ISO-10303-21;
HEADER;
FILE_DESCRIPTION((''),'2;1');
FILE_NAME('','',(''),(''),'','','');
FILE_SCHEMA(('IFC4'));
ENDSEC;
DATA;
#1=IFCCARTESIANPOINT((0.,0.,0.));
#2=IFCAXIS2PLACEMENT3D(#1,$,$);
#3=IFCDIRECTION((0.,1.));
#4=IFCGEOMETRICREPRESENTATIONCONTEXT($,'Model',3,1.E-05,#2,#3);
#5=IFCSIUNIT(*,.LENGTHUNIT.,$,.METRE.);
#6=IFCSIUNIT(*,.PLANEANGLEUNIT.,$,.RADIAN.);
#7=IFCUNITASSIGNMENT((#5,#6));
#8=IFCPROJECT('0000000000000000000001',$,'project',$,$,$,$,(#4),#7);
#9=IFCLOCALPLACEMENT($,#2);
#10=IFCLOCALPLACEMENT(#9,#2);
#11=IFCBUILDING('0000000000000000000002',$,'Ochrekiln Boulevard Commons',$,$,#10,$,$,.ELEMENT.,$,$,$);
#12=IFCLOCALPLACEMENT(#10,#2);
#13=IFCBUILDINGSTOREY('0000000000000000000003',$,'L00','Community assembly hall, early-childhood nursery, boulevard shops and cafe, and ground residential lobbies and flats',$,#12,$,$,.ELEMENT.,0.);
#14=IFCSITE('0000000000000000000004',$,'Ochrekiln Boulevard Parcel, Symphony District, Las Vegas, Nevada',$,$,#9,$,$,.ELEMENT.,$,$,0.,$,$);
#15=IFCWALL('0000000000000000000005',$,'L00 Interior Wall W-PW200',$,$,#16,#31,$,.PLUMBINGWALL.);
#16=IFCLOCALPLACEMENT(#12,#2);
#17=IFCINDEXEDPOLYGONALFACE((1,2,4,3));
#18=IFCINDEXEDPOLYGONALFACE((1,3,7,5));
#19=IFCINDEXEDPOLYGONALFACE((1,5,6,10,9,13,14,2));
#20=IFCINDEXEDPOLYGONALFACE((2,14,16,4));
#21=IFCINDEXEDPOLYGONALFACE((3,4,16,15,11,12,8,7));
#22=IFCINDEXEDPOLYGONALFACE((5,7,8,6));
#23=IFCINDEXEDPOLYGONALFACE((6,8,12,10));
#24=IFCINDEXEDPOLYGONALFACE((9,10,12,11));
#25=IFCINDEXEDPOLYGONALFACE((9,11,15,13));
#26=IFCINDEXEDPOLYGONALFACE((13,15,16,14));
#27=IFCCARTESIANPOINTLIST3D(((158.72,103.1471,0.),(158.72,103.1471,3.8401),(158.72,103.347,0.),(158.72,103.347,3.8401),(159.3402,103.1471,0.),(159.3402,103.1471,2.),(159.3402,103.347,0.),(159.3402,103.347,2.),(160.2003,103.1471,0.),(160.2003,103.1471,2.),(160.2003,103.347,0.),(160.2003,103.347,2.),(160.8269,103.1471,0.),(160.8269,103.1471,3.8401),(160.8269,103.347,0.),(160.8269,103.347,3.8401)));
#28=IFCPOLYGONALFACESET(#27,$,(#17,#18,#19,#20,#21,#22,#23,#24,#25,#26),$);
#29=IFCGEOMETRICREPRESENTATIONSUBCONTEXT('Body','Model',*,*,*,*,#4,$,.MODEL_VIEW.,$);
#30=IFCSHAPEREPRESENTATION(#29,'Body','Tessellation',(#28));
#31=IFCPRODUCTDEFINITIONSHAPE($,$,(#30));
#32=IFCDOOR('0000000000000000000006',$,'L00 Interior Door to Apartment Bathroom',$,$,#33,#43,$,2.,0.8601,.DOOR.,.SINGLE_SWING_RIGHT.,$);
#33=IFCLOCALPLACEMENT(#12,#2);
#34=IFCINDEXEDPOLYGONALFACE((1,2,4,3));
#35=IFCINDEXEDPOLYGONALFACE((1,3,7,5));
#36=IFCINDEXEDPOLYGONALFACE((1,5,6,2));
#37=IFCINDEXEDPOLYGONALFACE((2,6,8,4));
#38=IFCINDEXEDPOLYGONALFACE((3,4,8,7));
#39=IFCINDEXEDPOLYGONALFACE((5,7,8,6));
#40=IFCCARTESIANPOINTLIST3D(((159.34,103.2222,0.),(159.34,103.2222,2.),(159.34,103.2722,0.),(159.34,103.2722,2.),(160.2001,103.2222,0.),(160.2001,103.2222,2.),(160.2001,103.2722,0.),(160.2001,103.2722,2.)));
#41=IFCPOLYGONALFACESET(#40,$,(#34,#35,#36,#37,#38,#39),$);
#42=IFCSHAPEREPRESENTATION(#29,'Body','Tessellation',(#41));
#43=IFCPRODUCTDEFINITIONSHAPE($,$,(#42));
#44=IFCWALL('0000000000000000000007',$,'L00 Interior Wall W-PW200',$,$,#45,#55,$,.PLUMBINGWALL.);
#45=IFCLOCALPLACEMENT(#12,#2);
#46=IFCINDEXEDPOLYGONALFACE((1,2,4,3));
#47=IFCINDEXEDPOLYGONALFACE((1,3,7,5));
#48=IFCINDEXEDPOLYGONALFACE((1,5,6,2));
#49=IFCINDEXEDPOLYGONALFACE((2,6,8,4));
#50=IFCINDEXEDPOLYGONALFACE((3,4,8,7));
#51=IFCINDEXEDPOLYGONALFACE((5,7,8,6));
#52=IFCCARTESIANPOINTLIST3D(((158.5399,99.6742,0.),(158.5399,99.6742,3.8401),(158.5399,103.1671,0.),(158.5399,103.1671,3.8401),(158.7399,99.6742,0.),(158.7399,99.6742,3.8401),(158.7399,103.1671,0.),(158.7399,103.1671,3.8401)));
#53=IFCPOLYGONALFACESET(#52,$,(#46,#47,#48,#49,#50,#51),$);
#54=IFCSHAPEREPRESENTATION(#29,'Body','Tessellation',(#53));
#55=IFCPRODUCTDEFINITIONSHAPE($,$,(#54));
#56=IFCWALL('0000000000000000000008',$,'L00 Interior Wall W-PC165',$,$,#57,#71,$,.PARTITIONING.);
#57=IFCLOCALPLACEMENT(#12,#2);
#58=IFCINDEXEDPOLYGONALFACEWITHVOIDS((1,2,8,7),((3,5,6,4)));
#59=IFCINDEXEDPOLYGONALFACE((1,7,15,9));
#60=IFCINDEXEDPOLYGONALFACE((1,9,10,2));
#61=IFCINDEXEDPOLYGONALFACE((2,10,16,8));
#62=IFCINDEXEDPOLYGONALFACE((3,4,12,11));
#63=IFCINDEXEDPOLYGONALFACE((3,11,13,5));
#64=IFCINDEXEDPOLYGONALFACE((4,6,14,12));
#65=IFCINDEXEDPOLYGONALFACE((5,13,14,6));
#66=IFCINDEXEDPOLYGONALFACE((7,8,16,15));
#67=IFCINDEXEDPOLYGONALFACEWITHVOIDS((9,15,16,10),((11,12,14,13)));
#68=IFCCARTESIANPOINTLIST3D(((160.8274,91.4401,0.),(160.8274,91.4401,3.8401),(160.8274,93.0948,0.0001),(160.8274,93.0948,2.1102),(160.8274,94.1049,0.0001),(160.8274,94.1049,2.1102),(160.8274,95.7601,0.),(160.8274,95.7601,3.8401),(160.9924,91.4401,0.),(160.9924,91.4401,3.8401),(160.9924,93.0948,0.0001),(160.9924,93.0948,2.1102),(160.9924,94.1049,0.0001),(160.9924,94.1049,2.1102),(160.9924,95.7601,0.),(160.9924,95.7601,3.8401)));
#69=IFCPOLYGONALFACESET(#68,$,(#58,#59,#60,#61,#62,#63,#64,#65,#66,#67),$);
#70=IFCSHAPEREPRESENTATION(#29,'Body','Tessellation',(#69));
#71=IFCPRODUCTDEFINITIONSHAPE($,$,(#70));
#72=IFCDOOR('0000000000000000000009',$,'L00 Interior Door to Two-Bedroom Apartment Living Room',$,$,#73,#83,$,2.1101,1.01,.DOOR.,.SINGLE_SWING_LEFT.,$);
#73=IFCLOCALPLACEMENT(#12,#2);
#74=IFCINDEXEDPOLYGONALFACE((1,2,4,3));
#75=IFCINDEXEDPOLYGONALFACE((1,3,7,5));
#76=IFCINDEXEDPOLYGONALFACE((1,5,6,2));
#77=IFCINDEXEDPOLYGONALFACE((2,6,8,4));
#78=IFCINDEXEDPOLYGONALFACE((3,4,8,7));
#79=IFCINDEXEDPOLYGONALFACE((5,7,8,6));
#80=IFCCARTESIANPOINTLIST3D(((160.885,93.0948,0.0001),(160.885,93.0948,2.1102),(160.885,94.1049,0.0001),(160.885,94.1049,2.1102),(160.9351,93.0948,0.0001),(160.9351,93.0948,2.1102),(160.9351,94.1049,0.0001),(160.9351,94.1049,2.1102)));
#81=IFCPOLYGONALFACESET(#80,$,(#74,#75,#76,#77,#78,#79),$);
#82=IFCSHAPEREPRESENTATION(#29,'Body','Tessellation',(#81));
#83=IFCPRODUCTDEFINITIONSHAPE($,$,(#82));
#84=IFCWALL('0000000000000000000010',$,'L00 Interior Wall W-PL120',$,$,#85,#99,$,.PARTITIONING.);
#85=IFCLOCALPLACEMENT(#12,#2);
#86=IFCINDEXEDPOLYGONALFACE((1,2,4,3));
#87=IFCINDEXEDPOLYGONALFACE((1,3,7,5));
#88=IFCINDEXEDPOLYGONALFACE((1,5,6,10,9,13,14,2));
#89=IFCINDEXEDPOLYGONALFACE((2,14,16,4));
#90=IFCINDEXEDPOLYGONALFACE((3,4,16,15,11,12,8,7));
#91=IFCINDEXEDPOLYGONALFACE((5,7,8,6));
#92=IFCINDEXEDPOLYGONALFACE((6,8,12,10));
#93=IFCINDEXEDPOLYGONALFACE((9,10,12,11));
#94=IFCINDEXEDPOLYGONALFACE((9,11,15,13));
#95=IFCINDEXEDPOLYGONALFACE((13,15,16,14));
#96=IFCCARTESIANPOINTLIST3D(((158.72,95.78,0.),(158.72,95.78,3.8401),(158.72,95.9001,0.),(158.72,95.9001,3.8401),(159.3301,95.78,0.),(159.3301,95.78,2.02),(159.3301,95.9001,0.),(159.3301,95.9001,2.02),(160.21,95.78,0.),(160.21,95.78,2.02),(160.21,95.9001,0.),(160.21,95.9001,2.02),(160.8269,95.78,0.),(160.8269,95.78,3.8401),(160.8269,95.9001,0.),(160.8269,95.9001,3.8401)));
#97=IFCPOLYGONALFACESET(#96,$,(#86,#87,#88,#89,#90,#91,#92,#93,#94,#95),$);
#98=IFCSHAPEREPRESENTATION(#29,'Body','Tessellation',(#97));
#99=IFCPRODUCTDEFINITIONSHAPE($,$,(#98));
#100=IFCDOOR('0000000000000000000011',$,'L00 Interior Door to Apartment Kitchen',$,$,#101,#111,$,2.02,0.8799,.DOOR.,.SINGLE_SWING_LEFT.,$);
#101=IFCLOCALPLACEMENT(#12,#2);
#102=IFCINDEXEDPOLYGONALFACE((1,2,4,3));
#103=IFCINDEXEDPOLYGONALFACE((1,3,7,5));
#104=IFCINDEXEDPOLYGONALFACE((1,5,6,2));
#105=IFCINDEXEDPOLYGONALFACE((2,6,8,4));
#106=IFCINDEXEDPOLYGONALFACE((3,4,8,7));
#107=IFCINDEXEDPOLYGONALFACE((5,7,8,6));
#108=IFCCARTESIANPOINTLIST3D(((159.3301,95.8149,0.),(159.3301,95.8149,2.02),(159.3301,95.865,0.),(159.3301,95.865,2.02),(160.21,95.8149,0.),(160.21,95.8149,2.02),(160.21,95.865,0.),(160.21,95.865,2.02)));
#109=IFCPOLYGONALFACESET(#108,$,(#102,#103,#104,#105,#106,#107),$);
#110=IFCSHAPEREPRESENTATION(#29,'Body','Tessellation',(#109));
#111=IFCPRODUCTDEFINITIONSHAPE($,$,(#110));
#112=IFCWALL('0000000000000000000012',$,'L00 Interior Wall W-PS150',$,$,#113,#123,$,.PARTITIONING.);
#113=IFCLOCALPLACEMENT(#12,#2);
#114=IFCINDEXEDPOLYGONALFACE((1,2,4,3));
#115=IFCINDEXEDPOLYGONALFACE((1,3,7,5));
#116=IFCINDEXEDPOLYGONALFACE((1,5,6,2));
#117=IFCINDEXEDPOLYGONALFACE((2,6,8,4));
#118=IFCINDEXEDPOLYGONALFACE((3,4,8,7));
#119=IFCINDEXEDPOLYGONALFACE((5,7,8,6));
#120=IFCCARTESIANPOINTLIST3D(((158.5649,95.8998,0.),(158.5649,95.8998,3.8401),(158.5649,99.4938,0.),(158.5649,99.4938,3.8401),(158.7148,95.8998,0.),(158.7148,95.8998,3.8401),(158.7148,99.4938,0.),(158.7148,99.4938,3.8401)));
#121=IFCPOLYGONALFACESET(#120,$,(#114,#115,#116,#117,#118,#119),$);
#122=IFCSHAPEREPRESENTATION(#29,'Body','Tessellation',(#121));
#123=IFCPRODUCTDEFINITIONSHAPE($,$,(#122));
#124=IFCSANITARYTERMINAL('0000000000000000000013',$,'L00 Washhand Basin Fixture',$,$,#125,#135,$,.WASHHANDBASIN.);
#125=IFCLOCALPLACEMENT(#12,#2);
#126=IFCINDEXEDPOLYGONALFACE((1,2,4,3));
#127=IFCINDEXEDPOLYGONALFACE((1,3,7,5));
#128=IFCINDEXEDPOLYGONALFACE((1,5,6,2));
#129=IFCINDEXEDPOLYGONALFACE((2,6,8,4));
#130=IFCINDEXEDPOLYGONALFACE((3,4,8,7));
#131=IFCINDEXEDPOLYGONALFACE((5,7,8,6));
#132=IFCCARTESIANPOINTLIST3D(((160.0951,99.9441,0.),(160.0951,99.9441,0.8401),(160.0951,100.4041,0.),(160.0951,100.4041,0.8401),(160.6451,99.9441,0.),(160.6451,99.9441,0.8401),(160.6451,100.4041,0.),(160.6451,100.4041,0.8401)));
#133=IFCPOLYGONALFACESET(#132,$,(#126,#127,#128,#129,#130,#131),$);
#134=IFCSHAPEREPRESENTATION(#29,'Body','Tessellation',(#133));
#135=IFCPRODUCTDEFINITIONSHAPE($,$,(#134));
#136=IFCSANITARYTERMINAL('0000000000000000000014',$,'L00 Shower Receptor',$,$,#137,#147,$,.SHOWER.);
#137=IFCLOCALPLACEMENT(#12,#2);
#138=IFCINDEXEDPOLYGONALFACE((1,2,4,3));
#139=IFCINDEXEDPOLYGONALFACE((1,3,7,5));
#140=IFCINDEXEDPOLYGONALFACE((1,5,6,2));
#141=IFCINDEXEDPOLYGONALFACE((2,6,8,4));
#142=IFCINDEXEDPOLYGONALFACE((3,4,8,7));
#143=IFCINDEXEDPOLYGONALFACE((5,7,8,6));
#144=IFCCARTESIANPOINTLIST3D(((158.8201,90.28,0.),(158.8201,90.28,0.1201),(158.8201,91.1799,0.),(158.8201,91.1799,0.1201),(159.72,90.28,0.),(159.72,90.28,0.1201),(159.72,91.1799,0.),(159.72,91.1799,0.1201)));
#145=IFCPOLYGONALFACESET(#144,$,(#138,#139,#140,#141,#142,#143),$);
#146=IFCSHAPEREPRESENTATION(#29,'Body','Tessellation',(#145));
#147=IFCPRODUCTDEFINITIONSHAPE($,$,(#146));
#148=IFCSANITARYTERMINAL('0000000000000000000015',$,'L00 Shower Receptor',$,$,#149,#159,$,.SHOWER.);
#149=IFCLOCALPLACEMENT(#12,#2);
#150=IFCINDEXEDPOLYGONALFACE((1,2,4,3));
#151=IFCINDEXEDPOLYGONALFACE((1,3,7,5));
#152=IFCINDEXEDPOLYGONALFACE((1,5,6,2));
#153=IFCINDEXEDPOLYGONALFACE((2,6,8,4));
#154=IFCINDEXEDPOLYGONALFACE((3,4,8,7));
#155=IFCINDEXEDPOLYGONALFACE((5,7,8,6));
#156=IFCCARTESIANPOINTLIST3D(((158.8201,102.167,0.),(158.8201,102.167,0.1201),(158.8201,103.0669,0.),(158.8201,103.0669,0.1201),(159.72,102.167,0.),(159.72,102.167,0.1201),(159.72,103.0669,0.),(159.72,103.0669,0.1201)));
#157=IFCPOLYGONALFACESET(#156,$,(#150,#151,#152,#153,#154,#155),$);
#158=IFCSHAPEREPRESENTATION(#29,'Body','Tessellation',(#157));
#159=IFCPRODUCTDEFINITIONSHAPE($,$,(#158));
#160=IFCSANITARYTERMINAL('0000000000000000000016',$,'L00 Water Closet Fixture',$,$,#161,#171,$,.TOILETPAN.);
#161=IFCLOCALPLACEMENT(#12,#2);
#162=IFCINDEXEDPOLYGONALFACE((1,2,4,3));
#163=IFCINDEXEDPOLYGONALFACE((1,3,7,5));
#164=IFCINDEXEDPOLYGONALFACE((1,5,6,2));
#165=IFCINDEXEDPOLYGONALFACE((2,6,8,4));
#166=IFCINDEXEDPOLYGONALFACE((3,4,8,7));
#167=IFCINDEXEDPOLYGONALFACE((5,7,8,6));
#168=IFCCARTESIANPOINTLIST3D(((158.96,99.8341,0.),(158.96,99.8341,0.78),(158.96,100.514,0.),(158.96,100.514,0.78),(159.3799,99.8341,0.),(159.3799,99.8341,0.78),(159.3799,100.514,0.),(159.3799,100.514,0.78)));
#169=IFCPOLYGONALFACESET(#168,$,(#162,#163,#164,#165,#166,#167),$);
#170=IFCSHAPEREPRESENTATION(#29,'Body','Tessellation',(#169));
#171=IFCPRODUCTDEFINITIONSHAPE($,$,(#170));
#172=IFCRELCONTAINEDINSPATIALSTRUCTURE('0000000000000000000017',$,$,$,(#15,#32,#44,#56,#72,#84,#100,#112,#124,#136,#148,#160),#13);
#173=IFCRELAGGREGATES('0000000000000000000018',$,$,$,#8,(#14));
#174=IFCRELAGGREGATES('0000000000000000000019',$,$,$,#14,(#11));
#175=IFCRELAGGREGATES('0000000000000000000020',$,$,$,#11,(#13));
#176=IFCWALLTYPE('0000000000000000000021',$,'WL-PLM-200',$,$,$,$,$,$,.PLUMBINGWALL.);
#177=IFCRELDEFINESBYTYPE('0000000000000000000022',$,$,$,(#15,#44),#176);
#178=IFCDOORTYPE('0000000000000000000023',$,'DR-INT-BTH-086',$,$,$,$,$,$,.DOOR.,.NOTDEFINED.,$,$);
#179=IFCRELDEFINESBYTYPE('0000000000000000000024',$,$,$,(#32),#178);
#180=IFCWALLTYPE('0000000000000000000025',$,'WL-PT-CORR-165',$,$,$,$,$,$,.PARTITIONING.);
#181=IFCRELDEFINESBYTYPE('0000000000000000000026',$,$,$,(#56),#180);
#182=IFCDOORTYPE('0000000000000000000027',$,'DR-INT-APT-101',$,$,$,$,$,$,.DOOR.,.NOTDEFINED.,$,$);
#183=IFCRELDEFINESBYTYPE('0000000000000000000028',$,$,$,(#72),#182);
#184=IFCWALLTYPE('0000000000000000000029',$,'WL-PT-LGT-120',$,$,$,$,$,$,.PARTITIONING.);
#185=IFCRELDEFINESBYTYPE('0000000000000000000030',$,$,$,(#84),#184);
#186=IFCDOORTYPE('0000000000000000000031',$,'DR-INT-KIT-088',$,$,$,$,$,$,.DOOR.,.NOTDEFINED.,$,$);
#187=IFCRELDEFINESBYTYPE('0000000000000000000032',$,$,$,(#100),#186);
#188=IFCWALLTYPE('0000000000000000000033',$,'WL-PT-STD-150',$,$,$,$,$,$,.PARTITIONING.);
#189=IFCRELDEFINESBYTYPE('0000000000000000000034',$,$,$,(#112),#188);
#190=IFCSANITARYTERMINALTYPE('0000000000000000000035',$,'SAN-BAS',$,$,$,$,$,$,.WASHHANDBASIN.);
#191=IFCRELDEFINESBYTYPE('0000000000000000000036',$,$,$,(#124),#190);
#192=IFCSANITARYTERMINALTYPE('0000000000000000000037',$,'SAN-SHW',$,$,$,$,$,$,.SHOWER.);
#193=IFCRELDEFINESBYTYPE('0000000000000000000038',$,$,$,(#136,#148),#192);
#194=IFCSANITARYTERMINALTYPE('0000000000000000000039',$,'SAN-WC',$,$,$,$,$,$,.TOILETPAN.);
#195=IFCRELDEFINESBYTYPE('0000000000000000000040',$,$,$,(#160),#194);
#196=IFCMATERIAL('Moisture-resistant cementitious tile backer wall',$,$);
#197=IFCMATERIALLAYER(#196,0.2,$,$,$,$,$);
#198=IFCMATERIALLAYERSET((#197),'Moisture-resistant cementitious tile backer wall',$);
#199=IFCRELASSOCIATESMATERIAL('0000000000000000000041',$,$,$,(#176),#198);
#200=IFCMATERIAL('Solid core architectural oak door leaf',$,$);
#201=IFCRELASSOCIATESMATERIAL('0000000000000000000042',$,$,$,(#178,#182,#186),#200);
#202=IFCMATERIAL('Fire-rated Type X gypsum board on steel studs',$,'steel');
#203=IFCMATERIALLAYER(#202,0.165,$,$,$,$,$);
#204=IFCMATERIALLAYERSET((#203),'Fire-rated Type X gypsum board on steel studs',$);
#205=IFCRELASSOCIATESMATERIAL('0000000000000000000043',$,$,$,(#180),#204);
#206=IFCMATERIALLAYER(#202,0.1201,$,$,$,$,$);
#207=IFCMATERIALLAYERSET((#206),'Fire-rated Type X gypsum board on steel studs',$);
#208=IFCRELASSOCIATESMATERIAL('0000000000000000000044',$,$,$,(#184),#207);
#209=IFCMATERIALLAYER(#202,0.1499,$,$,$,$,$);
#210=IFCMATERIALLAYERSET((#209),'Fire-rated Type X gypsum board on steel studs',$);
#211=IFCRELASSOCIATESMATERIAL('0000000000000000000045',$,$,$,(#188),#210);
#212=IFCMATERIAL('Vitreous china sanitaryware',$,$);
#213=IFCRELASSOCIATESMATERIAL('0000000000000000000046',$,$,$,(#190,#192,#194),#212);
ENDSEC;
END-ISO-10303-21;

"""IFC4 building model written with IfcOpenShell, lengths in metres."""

from ifc_helpers import new_model, si_unit, direction, frame, frame_2d, origin, origin_2d, place, context, subcontext, project, spatial, rectangle, extrude, material, layer, layer_set, type_object, element, fill, save


model = new_model("IFC4")

# Units and contexts
model_context = context("Model", 3, precision=1e-05, world=origin(), true_north=direction((0.0, 1.0)))
body_context = subcontext(model_context, "Body", "Model", "MODEL_VIEW")
ifc_project = project(units=[si_unit("LENGTHUNIT", "METRE"), si_unit("PLANEANGLEUNIT", "RADIAN")], contexts=[model_context])

# Site, building, storey
site_placement = place(None, origin())
site = spatial("IfcSite", under=ifc_project, at=site_placement, Name="Ochrekiln Boulevard Parcel, Symphony District, Las Vegas, Nevada", CompositionType="ELEMENT", RefElevation=0.0)
building_placement = place(site_placement, origin())
building = spatial("IfcBuilding", under=site, at=building_placement, Name="Ochrekiln Boulevard Commons", CompositionType="ELEMENT")
storey_placement = place(building_placement, origin())
storey = spatial("IfcBuildingStorey", under=building, at=storey_placement, Name="L00", Description="Community assembly hall, early-childhood nursery, boulevard shops and cafe, and ground residential lobbies and flats", CompositionType="ELEMENT", Elevation=0.0)

# Shared definitions
ifc_material_1 = material(Name="Moisture-resistant cementitious tile backer wall")
ifc_layer_1 = layer(ifc_material_1, 0.2)
ifc_layer_set_1 = layer_set([ifc_layer_1], Name="Moisture-resistant cementitious tile backer wall")
wall_type_1 = type_object("IfcWallType", Name="WL-PLM-200", PredefinedType="PLUMBINGWALL", material=ifc_layer_set_1)
ifc_material_2 = material(Name="Solid core architectural oak door leaf")

# Wall, opening, door
wall_1_placement = place(storey_placement, frame((158.72, 103.2471, 0.0), z_axis=(0.0, 0.0, 1.0), x_axis=(1.0, 0.0, 0.0)))
wall_1 = element("IfcWall", 1, at=wall_1_placement, inside=storey, type_object=wall_type_1, Name="L00 Interior Wall W-PW200", PredefinedType="PLUMBINGWALL", context=body_context, shape_type="SweptSolid", body=[
    extrude(rectangle(XDim=2.1069, YDim=0.2, at=frame_2d((1.0535, 0.0))), origin(), (0.0, 0.0, 1.0), 3.8401),
])
opening_1_placement = place(wall_1_placement, frame((0.6201, 0.0, 0.0)))
opening_1 = element("IfcOpeningElement", 2, at=opening_1_placement, cuts=wall_1, PredefinedType="OPENING", context=body_context, shape_type="SweptSolid", body=[
    extrude(rectangle(XDim=0.8601, YDim=2.0, at=frame_2d((0.4302, 1.0))), frame((0.0, 0.1099, 0.0), z_axis=(0.0, -1.0, 0.0), x_axis=(1.0, 0.0, 0.0)), (0.0, 0.0, 1.0), 0.22),
])
door_type_1 = type_object("IfcDoorType", Name="DR-INT-BTH-086", OperationType="NOTDEFINED", PredefinedType="DOOR", material=ifc_material_2)
door_1_placement = place(opening_1_placement, frame((0.8601, 0.0, 0.0), z_axis=(0.0, 0.0, 1.0), x_axis=(-1.0, 0.0, 0.0)))
door_1 = element("IfcDoor", 3, at=door_1_placement, inside=storey, type_object=door_type_1, Name="L00 Interior Door to Apartment Bathroom", OperationType="SINGLE_SWING_RIGHT", OverallHeight=2.0, OverallWidth=0.8601, PredefinedType="DOOR", context=body_context, shape_type="SweptSolid", body=[
    extrude(rectangle(XDim=0.8601, YDim=2.0, at=frame_2d((0.4302, 1.0))), frame((0.0, 0.0249, 0.0), z_axis=(0.0, -1.0, 0.0), x_axis=(1.0, 0.0, 0.0)), (0.0, 0.0, 1.0), 0.05),
])
fill(opening_1, door_1)

# Wall
wall_2_placement = place(storey_placement, frame((158.6399, 99.6741, 0.0), z_axis=(0.0, 0.0, 1.0), x_axis=(0.0, 1.0, 0.0)))
element("IfcWall", 4, at=wall_2_placement, inside=storey, type_object=wall_type_1, Name="L00 Interior Wall W-PW200", PredefinedType="PLUMBINGWALL", context=body_context, shape_type="SweptSolid", body=[
    extrude(rectangle(XDim=3.4929, YDim=0.2, at=frame_2d((1.7466, 0.0))), origin(), (0.0, 0.0, 1.0), 3.8401),
])

# Walls, openings, doors
ifc_material_3 = material(Name="Fire-rated Type X gypsum board on steel studs", Category="steel")
ifc_layer_2 = layer(ifc_material_3, 0.165)
ifc_layer_set_2 = layer_set([ifc_layer_2], Name="Fire-rated Type X gypsum board on steel studs")
wall_type_2 = type_object("IfcWallType", Name="WL-PT-CORR-165", PredefinedType="PARTITIONING", material=ifc_layer_set_2)
wall_3_placement = place(storey_placement, frame((160.9099, 91.4399, 0.0), z_axis=(0.0, 0.0, 1.0), x_axis=(0.0, 1.0, 0.0)))
wall_3 = element("IfcWall", 5, at=wall_3_placement, inside=storey, type_object=wall_type_2, Name="L00 Interior Wall W-PC165", PredefinedType="PARTITIONING", context=body_context, shape_type="SweptSolid", body=[
    extrude(rectangle(XDim=4.3201, YDim=0.165, at=frame_2d((2.1602, 0.0))), origin(), (0.0, 0.0, 1.0), 3.8401),
])
opening_2_placement = place(wall_3_placement, frame((1.655, 0.0, 0.0)))
opening_2 = element("IfcOpeningElement", 6, at=opening_2_placement, cuts=wall_3, PredefinedType="OPENING", context=body_context, shape_type="SweptSolid", body=[
    extrude(rectangle(XDim=1.01, YDim=2.1101, at=frame_2d((0.5049, 1.0552))), frame((0.0, 0.0925, 0.0), z_axis=(0.0, -1.0, 0.0), x_axis=(1.0, 0.0, 0.0)), (0.0, 0.0, 1.0), 0.1851),
])
door_type_2 = type_object("IfcDoorType", Name="DR-INT-APT-101", OperationType="NOTDEFINED", PredefinedType="DOOR", material=ifc_material_2)
door_2_placement = place(opening_2_placement, origin())
door_2 = element("IfcDoor", 7, at=door_2_placement, inside=storey, type_object=door_type_2, Name="L00 Interior Door to Two-Bedroom Apartment Living Room", OperationType="SINGLE_SWING_LEFT", OverallHeight=2.1101, OverallWidth=1.01, PredefinedType="DOOR", context=body_context, shape_type="SweptSolid", body=[
    extrude(rectangle(XDim=1.01, YDim=2.1101, at=frame_2d((0.5049, 1.0552))), frame((0.0, 0.0249, 0.0), z_axis=(0.0, -1.0, 0.0), x_axis=(1.0, 0.0, 0.0)), (0.0, 0.0, 1.0), 0.05),
])
fill(opening_2, door_2)
ifc_layer_3 = layer(ifc_material_3, 0.1201)
ifc_layer_set_3 = layer_set([ifc_layer_3], Name="Fire-rated Type X gypsum board on steel studs")
wall_type_3 = type_object("IfcWallType", Name="WL-PT-LGT-120", PredefinedType="PARTITIONING", material=ifc_layer_set_3)
wall_4_placement = place(storey_placement, frame((158.72, 95.8401, 0.0), z_axis=(0.0, 0.0, 1.0), x_axis=(1.0, 0.0, 0.0)))
wall_4 = element("IfcWall", 8, at=wall_4_placement, inside=storey, type_object=wall_type_3, Name="L00 Interior Wall W-PL120", PredefinedType="PARTITIONING", context=body_context, shape_type="SweptSolid", body=[
    extrude(rectangle(XDim=2.1069, YDim=0.1201, at=frame_2d((1.0535, 0.0))), origin(), (0.0, 0.0, 1.0), 3.8401),
])
opening_3_placement = place(wall_4_placement, frame((0.6101, 0.0, 0.0)))
opening_3 = element("IfcOpeningElement", 9, at=opening_3_placement, cuts=wall_4, PredefinedType="OPENING", context=body_context, shape_type="SweptSolid", body=[
    extrude(rectangle(XDim=0.8799, YDim=2.02, at=frame_2d((0.4399, 1.01))), frame((0.0, 0.0701, 0.0), z_axis=(0.0, -1.0, 0.0), x_axis=(1.0, 0.0, 0.0)), (0.0, 0.0, 1.0), 0.1401),
])
door_type_3 = type_object("IfcDoorType", Name="DR-INT-KIT-088", OperationType="NOTDEFINED", PredefinedType="DOOR", material=ifc_material_2)
door_3_placement = place(opening_3_placement, origin())
door_3 = element("IfcDoor", 10, at=door_3_placement, inside=storey, type_object=door_type_3, Name="L00 Interior Door to Apartment Kitchen", OperationType="SINGLE_SWING_LEFT", OverallHeight=2.02, OverallWidth=0.8799, PredefinedType="DOOR", context=body_context, shape_type="SweptSolid", body=[
    extrude(rectangle(XDim=0.8799, YDim=2.02, at=frame_2d((0.4399, 1.01))), frame((0.0, 0.0249, 0.0), z_axis=(0.0, -1.0, 0.0), x_axis=(1.0, 0.0, 0.0)), (0.0, 0.0, 1.0), 0.05),
])
fill(opening_3, door_3)

# Wall
ifc_layer_4 = layer(ifc_material_3, 0.1499)
ifc_layer_set_4 = layer_set([ifc_layer_4], Name="Fire-rated Type X gypsum board on steel studs")
wall_type_4 = type_object("IfcWallType", Name="WL-PT-STD-150", PredefinedType="PARTITIONING", material=ifc_layer_set_4)
wall_5_placement = place(storey_placement, frame((158.6399, 95.8999, 0.0), z_axis=(0.0, 0.0, 1.0), x_axis=(0.0, 1.0, 0.0)))
element("IfcWall", 11, at=wall_5_placement, inside=storey, type_object=wall_type_4, Name="L00 Interior Wall W-PS150", PredefinedType="PARTITIONING", context=body_context, shape_type="SweptSolid", body=[
    extrude(rectangle(XDim=3.594, YDim=0.1499, at=frame_2d((1.7969, 0.0))), origin(), (0.0, 0.0, 1.0), 3.8401),
])

# Sanitary terminals
ifc_material_4 = material(Name="Vitreous china sanitaryware")
sanitary_terminal_type_1 = type_object("IfcSanitaryTerminalType", Name="SAN-BAS", PredefinedType="WASHHANDBASIN", material=ifc_material_4)
sanitary_terminal_1_placement = place(storey_placement, frame((160.3701, 100.1741, 0.0), z_axis=(0.0, 0.0, 1.0), x_axis=(1.0, 0.0, 0.0)))
element("IfcSanitaryTerminal", 12, at=sanitary_terminal_1_placement, inside=storey, type_object=sanitary_terminal_type_1, Name="L00 Washhand Basin Fixture", PredefinedType="WASHHANDBASIN", context=body_context, shape_type="SweptSolid", body=[
    extrude(rectangle(XDim=0.55, YDim=0.46, at=origin_2d()), origin(), (0.0, 0.0, 1.0), 0.8401),
])
sanitary_terminal_type_2 = type_object("IfcSanitaryTerminalType", Name="SAN-SHW", PredefinedType="SHOWER", material=ifc_material_4)
for number, where, z_axis, x_axis, name in (
    (13, (159.27, 90.73, 0.0), (0.0, 0.0, 1.0), (1.0, 0.0, 0.0), "L00 Shower Receptor"),
    (14, (159.27, 102.6169, 0.0), (0.0, 0.0, 1.0), (1.0, 0.0, 0.0), "L00 Shower Receptor"),
):
    element("IfcSanitaryTerminal", number, at=place(storey_placement, frame(where, z_axis=z_axis, x_axis=x_axis)), inside=storey, type_object=sanitary_terminal_type_2, Name=name, PredefinedType="SHOWER", context=body_context, shape_type="SweptSolid", body=[
        extrude(rectangle(XDim=0.8999, YDim=0.8999, at=origin_2d()), origin(), (0.0, 0.0, 1.0), 0.1201),
    ])
sanitary_terminal_type_3 = type_object("IfcSanitaryTerminalType", Name="SAN-WC", PredefinedType="TOILETPAN", material=ifc_material_4)
sanitary_terminal_2_placement = place(storey_placement, frame((159.1699, 100.1741, 0.0), z_axis=(0.0, 0.0, 1.0), x_axis=(1.0, 0.0, 0.0)))
element("IfcSanitaryTerminal", 15, at=sanitary_terminal_2_placement, inside=storey, type_object=sanitary_terminal_type_3, Name="L00 Water Closet Fixture", PredefinedType="TOILETPAN", context=body_context, shape_type="SweptSolid", body=[
    extrude(rectangle(XDim=0.4199, YDim=0.6799, at=origin_2d()), origin(), (0.0, 0.0, 1.0), 0.78),
])

save(model, "model.ifc")
